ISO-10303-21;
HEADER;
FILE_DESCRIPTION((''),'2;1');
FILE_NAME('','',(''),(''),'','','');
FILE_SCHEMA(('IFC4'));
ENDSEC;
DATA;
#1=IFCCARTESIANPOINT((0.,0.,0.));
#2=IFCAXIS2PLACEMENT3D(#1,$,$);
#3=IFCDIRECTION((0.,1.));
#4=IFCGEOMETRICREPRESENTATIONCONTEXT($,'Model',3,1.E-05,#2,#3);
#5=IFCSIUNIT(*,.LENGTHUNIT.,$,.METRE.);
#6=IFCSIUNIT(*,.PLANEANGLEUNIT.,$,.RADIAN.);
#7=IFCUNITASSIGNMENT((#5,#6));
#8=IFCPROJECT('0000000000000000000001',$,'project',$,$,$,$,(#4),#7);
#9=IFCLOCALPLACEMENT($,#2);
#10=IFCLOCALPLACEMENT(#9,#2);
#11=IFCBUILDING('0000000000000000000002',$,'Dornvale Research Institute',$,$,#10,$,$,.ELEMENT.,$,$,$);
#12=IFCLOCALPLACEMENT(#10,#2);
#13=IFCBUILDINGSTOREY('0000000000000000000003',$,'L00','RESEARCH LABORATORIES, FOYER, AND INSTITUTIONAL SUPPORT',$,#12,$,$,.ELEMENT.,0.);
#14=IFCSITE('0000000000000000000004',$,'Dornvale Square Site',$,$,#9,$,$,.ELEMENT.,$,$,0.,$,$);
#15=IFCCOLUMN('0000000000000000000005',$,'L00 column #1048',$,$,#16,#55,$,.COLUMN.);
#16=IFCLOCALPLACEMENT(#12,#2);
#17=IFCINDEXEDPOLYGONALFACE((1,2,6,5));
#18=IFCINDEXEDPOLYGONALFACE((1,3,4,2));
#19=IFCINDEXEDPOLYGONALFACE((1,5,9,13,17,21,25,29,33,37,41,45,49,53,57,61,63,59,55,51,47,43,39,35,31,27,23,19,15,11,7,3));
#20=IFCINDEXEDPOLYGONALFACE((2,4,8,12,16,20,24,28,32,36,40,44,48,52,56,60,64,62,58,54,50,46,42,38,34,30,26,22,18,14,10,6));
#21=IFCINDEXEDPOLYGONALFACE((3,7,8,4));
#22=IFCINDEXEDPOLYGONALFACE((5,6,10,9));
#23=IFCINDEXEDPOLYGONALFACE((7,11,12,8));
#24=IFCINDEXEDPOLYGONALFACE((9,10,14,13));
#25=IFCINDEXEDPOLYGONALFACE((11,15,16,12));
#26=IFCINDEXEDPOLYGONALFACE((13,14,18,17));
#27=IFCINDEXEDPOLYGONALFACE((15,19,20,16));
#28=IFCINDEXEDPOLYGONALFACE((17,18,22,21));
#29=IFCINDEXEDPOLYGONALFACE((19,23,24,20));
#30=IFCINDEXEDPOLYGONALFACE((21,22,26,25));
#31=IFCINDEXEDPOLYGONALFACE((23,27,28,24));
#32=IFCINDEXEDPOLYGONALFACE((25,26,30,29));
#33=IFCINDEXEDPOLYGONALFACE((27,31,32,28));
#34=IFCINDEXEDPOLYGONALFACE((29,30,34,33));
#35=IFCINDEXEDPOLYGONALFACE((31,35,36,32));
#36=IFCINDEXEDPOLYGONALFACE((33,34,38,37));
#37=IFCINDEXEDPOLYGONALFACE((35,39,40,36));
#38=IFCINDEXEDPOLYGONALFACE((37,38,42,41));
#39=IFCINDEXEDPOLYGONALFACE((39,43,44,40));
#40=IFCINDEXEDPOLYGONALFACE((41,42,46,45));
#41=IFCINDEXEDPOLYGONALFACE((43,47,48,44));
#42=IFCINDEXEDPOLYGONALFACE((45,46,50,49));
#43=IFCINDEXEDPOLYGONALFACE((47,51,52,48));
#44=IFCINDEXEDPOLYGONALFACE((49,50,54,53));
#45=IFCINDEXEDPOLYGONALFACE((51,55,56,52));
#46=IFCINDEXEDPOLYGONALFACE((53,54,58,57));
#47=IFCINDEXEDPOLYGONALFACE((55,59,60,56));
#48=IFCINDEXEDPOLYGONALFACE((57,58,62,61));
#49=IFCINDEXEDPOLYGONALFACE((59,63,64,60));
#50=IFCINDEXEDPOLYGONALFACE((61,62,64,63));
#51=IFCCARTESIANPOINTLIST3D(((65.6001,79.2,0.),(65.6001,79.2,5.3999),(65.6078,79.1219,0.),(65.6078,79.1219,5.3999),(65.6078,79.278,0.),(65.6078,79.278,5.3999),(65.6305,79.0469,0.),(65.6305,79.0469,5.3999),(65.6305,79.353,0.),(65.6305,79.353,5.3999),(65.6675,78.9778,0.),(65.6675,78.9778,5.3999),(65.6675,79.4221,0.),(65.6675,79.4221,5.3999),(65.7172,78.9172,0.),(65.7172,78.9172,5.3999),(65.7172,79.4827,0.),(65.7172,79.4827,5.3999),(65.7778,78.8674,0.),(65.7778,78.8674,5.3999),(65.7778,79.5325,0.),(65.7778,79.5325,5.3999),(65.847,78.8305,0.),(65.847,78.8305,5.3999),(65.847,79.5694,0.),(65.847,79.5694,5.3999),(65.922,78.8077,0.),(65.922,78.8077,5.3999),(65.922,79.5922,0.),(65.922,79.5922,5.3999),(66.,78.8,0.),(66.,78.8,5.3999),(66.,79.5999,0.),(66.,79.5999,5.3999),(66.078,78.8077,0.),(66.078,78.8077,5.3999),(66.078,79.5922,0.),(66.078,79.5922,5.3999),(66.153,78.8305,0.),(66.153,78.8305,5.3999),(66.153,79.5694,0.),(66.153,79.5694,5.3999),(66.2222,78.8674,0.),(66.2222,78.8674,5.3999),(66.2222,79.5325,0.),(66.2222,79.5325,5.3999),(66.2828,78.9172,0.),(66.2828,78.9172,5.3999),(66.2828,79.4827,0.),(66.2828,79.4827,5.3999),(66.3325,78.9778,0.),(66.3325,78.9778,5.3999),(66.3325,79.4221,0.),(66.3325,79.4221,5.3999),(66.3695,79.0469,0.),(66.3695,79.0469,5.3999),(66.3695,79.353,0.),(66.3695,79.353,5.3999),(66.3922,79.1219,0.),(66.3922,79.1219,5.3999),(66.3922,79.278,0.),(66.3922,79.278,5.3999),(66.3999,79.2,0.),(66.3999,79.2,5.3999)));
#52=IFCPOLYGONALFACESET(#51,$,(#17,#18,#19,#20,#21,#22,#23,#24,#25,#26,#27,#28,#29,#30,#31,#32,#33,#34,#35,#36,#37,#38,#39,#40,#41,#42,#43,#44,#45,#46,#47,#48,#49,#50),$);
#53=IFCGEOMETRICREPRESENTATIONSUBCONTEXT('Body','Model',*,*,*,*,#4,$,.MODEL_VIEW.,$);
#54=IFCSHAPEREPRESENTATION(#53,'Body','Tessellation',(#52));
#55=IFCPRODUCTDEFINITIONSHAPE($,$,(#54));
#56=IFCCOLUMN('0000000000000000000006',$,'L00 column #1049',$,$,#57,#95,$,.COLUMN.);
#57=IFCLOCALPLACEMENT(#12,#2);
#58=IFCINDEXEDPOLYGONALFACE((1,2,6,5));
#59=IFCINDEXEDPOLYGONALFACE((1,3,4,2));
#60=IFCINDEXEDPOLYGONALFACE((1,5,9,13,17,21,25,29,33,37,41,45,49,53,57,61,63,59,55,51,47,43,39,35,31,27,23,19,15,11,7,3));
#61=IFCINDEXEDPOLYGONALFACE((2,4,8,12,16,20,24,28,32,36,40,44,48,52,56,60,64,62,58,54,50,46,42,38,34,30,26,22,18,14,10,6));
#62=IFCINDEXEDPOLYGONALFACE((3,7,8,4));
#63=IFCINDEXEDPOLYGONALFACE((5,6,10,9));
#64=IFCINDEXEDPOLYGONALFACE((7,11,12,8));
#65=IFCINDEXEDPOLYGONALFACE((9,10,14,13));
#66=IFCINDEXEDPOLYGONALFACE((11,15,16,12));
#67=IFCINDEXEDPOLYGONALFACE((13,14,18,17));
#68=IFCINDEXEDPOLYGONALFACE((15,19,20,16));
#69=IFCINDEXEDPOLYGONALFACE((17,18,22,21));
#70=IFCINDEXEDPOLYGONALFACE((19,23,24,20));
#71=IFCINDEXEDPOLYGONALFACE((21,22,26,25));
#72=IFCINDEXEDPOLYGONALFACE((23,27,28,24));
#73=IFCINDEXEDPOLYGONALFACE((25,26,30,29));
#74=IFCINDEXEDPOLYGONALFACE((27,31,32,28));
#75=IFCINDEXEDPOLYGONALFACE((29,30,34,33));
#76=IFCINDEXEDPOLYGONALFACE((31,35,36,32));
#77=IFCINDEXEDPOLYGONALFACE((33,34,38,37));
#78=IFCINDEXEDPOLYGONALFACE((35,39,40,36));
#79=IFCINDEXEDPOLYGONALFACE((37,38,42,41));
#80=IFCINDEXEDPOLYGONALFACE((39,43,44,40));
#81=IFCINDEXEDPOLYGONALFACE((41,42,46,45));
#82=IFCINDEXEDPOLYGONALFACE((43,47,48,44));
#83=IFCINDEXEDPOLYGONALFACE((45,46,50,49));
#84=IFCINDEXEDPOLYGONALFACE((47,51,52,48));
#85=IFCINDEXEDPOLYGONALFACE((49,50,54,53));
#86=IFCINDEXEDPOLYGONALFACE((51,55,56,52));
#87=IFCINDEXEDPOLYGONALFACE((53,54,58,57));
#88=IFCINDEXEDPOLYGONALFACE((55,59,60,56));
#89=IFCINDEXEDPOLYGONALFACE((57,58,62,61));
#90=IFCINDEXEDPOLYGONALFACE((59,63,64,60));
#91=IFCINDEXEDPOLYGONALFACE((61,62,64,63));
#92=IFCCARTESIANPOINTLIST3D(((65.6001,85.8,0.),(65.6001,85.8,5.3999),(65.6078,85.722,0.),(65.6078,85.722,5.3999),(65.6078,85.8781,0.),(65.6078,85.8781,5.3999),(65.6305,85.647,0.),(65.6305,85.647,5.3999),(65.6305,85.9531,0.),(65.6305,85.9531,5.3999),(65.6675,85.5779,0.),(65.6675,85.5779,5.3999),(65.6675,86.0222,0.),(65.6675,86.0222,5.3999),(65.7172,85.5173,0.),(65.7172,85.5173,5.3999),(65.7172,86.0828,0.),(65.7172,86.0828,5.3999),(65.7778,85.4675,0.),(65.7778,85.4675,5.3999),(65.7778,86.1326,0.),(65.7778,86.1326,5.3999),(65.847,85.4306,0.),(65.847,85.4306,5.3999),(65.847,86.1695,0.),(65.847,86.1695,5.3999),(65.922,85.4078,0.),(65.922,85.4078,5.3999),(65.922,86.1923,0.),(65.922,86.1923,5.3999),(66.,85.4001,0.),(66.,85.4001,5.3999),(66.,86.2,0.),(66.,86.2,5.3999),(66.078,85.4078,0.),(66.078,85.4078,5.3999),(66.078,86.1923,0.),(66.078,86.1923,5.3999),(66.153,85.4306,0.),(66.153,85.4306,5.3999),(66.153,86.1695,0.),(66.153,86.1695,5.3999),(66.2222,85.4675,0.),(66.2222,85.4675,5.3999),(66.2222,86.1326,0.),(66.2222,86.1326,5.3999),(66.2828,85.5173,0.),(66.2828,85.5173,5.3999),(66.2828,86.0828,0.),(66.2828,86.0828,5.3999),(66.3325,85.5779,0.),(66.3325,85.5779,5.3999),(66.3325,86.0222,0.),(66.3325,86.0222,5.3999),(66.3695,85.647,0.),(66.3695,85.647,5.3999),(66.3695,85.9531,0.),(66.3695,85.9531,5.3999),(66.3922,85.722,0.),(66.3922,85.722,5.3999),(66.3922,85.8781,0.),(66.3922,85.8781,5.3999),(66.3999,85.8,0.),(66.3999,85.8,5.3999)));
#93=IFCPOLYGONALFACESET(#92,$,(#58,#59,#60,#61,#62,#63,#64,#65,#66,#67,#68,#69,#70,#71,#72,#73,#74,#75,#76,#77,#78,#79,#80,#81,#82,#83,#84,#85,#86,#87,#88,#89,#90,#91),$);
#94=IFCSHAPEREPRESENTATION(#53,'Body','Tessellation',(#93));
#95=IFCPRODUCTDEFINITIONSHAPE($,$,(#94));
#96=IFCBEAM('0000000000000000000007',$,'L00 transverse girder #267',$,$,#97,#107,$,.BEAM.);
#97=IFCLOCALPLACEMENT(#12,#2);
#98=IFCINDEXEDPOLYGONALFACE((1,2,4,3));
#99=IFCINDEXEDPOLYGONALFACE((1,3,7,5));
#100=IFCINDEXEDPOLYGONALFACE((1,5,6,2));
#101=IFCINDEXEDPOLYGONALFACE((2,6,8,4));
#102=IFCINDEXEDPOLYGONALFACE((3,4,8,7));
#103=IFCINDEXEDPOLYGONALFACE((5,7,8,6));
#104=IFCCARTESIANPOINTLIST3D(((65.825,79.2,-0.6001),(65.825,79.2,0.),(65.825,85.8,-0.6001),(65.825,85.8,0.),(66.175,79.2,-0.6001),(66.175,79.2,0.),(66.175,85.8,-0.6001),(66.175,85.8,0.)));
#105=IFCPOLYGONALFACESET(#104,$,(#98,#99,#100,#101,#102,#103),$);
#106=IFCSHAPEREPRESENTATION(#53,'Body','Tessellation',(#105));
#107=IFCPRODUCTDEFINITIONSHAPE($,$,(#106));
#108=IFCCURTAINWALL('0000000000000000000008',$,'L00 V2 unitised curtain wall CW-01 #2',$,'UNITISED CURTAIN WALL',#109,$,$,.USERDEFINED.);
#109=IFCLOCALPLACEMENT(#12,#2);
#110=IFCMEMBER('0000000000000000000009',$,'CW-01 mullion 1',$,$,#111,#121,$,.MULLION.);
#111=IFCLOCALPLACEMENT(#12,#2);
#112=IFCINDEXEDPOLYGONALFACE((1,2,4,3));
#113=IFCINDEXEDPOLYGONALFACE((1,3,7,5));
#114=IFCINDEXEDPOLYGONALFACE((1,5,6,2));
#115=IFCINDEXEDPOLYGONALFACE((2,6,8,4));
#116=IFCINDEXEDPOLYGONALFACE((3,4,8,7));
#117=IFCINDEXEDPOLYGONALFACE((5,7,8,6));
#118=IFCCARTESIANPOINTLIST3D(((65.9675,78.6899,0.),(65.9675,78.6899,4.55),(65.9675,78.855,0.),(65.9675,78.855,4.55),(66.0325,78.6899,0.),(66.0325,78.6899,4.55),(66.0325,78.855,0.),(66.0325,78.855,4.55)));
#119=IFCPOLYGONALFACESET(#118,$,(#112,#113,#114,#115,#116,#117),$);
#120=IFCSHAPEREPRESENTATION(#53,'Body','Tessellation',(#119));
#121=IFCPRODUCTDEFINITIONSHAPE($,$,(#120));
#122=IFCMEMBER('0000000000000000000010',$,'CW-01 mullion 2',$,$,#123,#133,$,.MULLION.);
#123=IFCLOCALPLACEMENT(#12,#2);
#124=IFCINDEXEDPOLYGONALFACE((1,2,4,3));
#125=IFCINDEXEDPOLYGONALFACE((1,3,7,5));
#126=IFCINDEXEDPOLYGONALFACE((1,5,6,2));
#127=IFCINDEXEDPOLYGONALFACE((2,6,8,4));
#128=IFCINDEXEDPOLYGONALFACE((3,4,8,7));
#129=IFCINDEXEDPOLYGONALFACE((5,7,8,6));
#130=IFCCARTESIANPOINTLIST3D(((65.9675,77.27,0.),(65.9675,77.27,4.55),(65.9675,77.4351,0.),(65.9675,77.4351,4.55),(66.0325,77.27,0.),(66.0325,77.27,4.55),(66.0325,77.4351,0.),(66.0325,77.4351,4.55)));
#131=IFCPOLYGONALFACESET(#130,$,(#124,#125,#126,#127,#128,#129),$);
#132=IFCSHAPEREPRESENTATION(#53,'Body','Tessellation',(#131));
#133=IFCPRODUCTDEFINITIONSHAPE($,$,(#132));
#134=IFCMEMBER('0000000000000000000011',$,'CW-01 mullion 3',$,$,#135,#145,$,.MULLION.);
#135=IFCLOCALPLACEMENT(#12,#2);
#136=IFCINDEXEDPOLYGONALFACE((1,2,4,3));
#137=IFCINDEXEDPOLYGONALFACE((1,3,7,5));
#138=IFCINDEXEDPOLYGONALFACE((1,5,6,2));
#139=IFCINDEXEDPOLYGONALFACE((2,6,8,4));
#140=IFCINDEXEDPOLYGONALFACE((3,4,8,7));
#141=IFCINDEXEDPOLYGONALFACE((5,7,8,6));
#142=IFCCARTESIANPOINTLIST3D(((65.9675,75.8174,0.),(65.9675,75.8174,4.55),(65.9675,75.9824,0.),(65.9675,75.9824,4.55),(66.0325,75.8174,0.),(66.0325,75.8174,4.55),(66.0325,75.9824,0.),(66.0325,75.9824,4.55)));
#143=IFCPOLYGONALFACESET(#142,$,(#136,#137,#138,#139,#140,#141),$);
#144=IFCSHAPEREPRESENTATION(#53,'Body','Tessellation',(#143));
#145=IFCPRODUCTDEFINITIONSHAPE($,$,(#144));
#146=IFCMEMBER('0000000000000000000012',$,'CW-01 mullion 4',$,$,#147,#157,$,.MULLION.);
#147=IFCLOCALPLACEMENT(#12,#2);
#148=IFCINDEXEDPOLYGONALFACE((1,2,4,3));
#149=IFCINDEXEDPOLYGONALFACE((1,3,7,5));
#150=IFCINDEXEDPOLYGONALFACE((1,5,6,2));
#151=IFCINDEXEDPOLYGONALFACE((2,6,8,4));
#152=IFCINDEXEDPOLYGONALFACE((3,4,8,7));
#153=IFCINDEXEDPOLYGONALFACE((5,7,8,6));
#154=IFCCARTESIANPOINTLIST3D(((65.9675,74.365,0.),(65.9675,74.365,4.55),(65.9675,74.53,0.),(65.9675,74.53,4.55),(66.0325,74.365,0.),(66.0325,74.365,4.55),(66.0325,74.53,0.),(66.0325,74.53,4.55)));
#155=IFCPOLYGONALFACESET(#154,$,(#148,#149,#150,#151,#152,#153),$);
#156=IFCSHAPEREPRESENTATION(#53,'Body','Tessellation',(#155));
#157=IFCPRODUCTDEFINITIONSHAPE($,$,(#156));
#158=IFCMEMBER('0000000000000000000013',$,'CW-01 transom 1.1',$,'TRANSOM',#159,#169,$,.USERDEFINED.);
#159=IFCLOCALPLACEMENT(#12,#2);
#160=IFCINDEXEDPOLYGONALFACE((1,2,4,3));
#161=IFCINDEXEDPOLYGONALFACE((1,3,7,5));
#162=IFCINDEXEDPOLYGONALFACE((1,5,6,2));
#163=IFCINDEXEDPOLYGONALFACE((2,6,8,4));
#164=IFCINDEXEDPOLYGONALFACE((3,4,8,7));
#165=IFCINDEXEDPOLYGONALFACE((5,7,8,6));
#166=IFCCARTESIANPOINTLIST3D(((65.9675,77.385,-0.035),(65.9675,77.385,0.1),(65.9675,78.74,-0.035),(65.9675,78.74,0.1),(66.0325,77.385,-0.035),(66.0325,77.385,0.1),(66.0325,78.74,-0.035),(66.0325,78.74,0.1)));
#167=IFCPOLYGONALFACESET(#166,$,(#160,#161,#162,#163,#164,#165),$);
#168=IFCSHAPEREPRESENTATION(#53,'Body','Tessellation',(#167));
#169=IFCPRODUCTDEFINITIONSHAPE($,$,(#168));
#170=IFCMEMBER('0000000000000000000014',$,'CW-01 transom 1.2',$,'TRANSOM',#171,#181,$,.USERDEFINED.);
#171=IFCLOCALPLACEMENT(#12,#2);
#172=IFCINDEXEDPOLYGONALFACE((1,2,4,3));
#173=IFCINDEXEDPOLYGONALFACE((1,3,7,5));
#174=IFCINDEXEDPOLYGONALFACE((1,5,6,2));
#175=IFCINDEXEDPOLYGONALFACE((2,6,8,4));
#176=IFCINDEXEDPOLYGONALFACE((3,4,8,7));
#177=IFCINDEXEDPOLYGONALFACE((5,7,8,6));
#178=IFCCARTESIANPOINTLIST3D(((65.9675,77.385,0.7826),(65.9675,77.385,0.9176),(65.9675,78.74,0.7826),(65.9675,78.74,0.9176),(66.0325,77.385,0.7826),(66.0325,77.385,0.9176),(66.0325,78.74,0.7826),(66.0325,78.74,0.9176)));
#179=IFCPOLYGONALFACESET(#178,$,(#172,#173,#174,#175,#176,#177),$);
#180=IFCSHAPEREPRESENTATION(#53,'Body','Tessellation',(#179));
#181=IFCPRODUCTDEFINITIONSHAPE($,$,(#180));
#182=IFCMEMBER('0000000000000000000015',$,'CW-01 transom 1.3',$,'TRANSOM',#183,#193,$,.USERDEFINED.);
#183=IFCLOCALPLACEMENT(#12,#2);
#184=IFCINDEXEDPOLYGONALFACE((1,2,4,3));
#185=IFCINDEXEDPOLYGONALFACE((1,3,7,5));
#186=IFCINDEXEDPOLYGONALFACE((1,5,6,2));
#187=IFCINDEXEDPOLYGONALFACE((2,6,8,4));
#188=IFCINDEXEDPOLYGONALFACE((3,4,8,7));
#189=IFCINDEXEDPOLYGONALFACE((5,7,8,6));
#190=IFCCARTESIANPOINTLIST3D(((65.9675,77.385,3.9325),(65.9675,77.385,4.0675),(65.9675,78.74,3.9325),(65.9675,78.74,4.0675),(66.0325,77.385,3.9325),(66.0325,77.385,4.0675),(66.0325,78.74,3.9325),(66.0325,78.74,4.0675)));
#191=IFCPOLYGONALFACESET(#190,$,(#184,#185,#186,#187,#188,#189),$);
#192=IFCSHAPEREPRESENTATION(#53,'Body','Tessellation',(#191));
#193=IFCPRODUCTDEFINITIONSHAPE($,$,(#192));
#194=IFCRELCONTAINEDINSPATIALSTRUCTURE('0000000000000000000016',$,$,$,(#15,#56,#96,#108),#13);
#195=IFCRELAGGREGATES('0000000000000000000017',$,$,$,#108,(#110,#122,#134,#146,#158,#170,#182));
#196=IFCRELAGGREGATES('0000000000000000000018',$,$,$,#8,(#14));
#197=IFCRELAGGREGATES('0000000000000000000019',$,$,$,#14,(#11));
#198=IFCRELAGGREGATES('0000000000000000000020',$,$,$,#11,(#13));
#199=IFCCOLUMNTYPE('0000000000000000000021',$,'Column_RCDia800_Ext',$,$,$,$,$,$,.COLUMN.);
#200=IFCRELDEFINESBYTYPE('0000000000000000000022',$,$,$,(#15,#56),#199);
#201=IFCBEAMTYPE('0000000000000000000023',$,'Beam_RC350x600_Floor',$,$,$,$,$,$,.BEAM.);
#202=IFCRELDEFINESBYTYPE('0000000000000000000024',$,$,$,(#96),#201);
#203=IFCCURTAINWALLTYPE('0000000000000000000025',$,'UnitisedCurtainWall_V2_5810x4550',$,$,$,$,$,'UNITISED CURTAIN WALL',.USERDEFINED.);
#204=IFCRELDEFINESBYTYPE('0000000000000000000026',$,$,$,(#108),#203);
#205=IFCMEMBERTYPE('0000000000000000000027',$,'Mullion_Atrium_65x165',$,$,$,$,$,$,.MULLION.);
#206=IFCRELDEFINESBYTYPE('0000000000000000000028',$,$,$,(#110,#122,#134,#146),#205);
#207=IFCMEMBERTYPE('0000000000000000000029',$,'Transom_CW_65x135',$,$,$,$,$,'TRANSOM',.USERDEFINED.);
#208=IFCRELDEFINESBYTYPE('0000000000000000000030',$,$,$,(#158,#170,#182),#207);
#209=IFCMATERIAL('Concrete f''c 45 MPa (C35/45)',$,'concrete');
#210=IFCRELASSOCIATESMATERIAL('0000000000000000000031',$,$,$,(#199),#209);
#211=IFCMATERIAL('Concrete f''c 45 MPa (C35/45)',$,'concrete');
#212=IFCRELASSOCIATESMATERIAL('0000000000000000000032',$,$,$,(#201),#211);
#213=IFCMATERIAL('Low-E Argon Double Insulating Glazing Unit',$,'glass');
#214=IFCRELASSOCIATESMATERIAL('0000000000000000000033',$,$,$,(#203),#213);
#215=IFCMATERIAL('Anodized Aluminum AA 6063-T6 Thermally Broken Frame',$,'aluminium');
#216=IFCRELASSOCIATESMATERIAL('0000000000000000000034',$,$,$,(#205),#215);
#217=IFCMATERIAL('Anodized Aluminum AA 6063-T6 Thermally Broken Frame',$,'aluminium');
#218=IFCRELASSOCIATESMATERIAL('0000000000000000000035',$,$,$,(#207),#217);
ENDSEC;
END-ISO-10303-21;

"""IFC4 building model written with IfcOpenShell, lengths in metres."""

from ifc_helpers import new_model, si_unit, direction, frame, origin, origin_2d, place, context, subcontext, project, spatial, rectangle, circle, extrude, material, material_profile, profile_set, type_object, element, aggregate, save


model = new_model("IFC4")

# Units and contexts
model_context = context("Model", 3, precision=1e-05, world=origin(), true_north=direction((0.0, 1.0)))
body_context = subcontext(model_context, "Body", "Model", "MODEL_VIEW")
ifc_project = project(units=[si_unit("LENGTHUNIT", "METRE"), si_unit("PLANEANGLEUNIT", "RADIAN")], contexts=[model_context])

# Site, building, storey
site_placement = place(None, origin())
site = spatial("IfcSite", under=ifc_project, at=site_placement, Name="Dornvale Square Site", CompositionType="ELEMENT", RefElevation=0.0)
building_placement = place(site_placement, origin())
building = spatial("IfcBuilding", under=site, at=building_placement, Name="Dornvale Research Institute", CompositionType="ELEMENT")
storey_placement = place(building_placement, origin())
storey = spatial("IfcBuildingStorey", under=building, at=storey_placement, Name="L00", Description="RESEARCH LABORATORIES, FOYER, AND INSTITUTIONAL SUPPORT", CompositionType="ELEMENT", Elevation=0.0)

# Columns
ifc_material_1 = material(Name="Concrete f'c 45 MPa (C35/45)", Category="concrete")
ifc_material_profile_1 = material_profile(ifc_material_1, circle(Radius=0.3999, at=origin_2d()), Name="RC DIA 800")
ifc_profile_set_1 = profile_set([ifc_material_profile_1], Name="Concrete f'c 45 MPa (C35/45)")
column_type = type_object("IfcColumnType", Name="Column_RCDia800_Ext", PredefinedType="COLUMN", material=ifc_profile_set_1)
for number, where, z_axis, x_axis, name in (
    (1, (66.0, 79.2, 0.0), (0.0, 0.0, 1.0), (1.0, 0.0, 0.0), "L00 column #1048"),
    (2, (66.0, 85.8, 0.0), (0.0, 0.0, 1.0), (1.0, 0.0, 0.0), "L00 column #1049"),
):
    element("IfcColumn", number, at=place(storey_placement, frame(where, z_axis=z_axis, x_axis=x_axis)), inside=storey, type_object=column_type, Name=name, PredefinedType="COLUMN", context=body_context, shape_type="SweptSolid", body=[
        extrude(circle(Radius=0.3999, at=origin_2d()), origin(), (0.0, 0.0, 1.0), 5.3999),
    ])

# Beam
ifc_material_2 = material(Name="Concrete f'c 45 MPa (C35/45)", Category="concrete")
ifc_material_profile_2 = material_profile(ifc_material_2, rectangle(XDim=0.3501, YDim=0.6001, at=origin_2d()), Name="RC 350x600")
ifc_profile_set_2 = profile_set([ifc_material_profile_2], Name="Concrete f'c 45 MPa (C35/45)")
beam_type = type_object("IfcBeamType", Name="Beam_RC350x600_Floor", PredefinedType="BEAM", material=ifc_profile_set_2)
beam_placement = place(storey_placement, frame((66.0, 79.2, -0.3), z_axis=(0.0, 1.0, 0.0), x_axis=(-1.0, 0.0, 0.0)))
element("IfcBeam", 3, at=beam_placement, inside=storey, type_object=beam_type, Name="L00 transverse girder #267", PredefinedType="BEAM", context=body_context, shape_type="SweptSolid", body=[
    extrude(rectangle(XDim=0.3501, YDim=0.6001, at=origin_2d()), origin(), (0.0, 0.0, 1.0), 6.6001),
])

# Curtain wall, members
ifc_material_3 = material(Name="Low-E Argon Double Insulating Glazing Unit", Category="glass")
curtain_wall_type = type_object("IfcCurtainWallType", Name="UnitisedCurtainWall_V2_5810x4550", ElementType="UNITISED CURTAIN WALL", PredefinedType="USERDEFINED", material=ifc_material_3)
curtain_wall_placement = place(storey_placement, origin())
curtain_wall = element("IfcCurtainWall", 4, at=curtain_wall_placement, inside=storey, type_object=curtain_wall_type, Name="L00 V2 unitised curtain wall CW-01 #2", ObjectType="UNITISED CURTAIN WALL", PredefinedType="USERDEFINED")
ifc_material_4 = material(Name="Anodized Aluminum AA 6063-T6 Thermally Broken Frame", Category="aluminium")
ifc_material_profile_3 = material_profile(ifc_material_4, rectangle(XDim=0.0649, YDim=0.165, at=origin_2d()), Name="ALU MULLION 65x165")
ifc_profile_set_3 = profile_set([ifc_material_profile_3], Name="Anodized Aluminum AA 6063-T6 Thermally Broken Frame")
member_type_1 = type_object("IfcMemberType", Name="Mullion_Atrium_65x165", PredefinedType="MULLION", material=ifc_profile_set_3)
member_1_placement = place(storey_placement, frame((66.0, 78.7725, 0.0), z_axis=(0.0, 0.0, 1.0), x_axis=(1.0, 0.0, 0.0)))
member_1 = element("IfcMember", 5, at=member_1_placement, type_object=member_type_1, Name="CW-01 mullion 1", PredefinedType="MULLION", context=body_context, shape_type="SweptSolid", body=[
    extrude(rectangle(XDim=0.0649, YDim=0.165, at=origin_2d()), origin(), (0.0, 0.0, 1.0), 4.55),
])
member_2_placement = place(storey_placement, frame((66.0, 77.3525, 0.0), z_axis=(0.0, 0.0, 1.0), x_axis=(1.0, 0.0, 0.0)))
member_2 = element("IfcMember", 6, at=member_2_placement, type_object=member_type_1, Name="CW-01 mullion 2", PredefinedType="MULLION", context=body_context, shape_type="SweptSolid", body=[
    extrude(rectangle(XDim=0.0649, YDim=0.165, at=origin_2d()), origin(), (0.0, 0.0, 1.0), 4.55),
])
member_3_placement = place(storey_placement, frame((66.0, 75.8999, 0.0), z_axis=(0.0, 0.0, 1.0), x_axis=(1.0, 0.0, 0.0)))
member_3 = element("IfcMember", 7, at=member_3_placement, type_object=member_type_1, Name="CW-01 mullion 3", PredefinedType="MULLION", context=body_context, shape_type="SweptSolid", body=[
    extrude(rectangle(XDim=0.0649, YDim=0.165, at=origin_2d()), origin(), (0.0, 0.0, 1.0), 4.55),
])
member_4_placement = place(storey_placement, frame((66.0, 74.4475, 0.0), z_axis=(0.0, 0.0, 1.0), x_axis=(1.0, 0.0, 0.0)))
member_4 = element("IfcMember", 8, at=member_4_placement, type_object=member_type_1, Name="CW-01 mullion 4", PredefinedType="MULLION", context=body_context, shape_type="SweptSolid", body=[
    extrude(rectangle(XDim=0.0649, YDim=0.165, at=origin_2d()), origin(), (0.0, 0.0, 1.0), 4.55),
])
ifc_material_5 = material(Name="Anodized Aluminum AA 6063-T6 Thermally Broken Frame", Category="aluminium")
ifc_material_profile_4 = material_profile(ifc_material_5, rectangle(XDim=0.0649, YDim=0.135, at=origin_2d()), Name="ALU TRANSOM 65x135")
ifc_profile_set_4 = profile_set([ifc_material_profile_4], Name="Anodized Aluminum AA 6063-T6 Thermally Broken Frame")
member_type_2 = type_object("IfcMemberType", Name="Transom_CW_65x135", ElementType="TRANSOM", PredefinedType="USERDEFINED", material=ifc_profile_set_4)
member_5_placement = place(storey_placement, frame((66.0, 78.74, 0.0325), z_axis=(0.0, -1.0, 0.0), x_axis=(1.0, 0.0, 0.0)))
member_5 = element("IfcMember", 9, at=member_5_placement, type_object=member_type_2, Name="CW-01 transom 1.1", ObjectType="TRANSOM", PredefinedType="USERDEFINED", context=body_context, shape_type="SweptSolid", body=[
    extrude(rectangle(XDim=0.0649, YDim=0.135, at=origin_2d()), origin(), (0.0, 0.0, 1.0), 1.355),
])
member_6_placement = place(storey_placement, frame((66.0, 78.74, 0.8501), z_axis=(0.0, -1.0, 0.0), x_axis=(1.0, 0.0, 0.0)))
member_6 = element("IfcMember", 10, at=member_6_placement, type_object=member_type_2, Name="CW-01 transom 1.2", ObjectType="TRANSOM", PredefinedType="USERDEFINED", context=body_context, shape_type="SweptSolid", body=[
    extrude(rectangle(XDim=0.0649, YDim=0.135, at=origin_2d()), origin(), (0.0, 0.0, 1.0), 1.355),
])
member_7_placement = place(storey_placement, frame((66.0, 78.74, 4.0), z_axis=(0.0, -1.0, 0.0), x_axis=(1.0, 0.0, 0.0)))
member_7 = element("IfcMember", 11, at=member_7_placement, type_object=member_type_2, Name="CW-01 transom 1.3", ObjectType="TRANSOM", PredefinedType="USERDEFINED", context=body_context, shape_type="SweptSolid", body=[
    extrude(rectangle(XDim=0.0649, YDim=0.135, at=origin_2d()), origin(), (0.0, 0.0, 1.0), 1.355),
])
aggregate(curtain_wall, [member_1, member_2, member_3, member_4, member_5, member_6, member_7])

save(model, "model.ifc")
